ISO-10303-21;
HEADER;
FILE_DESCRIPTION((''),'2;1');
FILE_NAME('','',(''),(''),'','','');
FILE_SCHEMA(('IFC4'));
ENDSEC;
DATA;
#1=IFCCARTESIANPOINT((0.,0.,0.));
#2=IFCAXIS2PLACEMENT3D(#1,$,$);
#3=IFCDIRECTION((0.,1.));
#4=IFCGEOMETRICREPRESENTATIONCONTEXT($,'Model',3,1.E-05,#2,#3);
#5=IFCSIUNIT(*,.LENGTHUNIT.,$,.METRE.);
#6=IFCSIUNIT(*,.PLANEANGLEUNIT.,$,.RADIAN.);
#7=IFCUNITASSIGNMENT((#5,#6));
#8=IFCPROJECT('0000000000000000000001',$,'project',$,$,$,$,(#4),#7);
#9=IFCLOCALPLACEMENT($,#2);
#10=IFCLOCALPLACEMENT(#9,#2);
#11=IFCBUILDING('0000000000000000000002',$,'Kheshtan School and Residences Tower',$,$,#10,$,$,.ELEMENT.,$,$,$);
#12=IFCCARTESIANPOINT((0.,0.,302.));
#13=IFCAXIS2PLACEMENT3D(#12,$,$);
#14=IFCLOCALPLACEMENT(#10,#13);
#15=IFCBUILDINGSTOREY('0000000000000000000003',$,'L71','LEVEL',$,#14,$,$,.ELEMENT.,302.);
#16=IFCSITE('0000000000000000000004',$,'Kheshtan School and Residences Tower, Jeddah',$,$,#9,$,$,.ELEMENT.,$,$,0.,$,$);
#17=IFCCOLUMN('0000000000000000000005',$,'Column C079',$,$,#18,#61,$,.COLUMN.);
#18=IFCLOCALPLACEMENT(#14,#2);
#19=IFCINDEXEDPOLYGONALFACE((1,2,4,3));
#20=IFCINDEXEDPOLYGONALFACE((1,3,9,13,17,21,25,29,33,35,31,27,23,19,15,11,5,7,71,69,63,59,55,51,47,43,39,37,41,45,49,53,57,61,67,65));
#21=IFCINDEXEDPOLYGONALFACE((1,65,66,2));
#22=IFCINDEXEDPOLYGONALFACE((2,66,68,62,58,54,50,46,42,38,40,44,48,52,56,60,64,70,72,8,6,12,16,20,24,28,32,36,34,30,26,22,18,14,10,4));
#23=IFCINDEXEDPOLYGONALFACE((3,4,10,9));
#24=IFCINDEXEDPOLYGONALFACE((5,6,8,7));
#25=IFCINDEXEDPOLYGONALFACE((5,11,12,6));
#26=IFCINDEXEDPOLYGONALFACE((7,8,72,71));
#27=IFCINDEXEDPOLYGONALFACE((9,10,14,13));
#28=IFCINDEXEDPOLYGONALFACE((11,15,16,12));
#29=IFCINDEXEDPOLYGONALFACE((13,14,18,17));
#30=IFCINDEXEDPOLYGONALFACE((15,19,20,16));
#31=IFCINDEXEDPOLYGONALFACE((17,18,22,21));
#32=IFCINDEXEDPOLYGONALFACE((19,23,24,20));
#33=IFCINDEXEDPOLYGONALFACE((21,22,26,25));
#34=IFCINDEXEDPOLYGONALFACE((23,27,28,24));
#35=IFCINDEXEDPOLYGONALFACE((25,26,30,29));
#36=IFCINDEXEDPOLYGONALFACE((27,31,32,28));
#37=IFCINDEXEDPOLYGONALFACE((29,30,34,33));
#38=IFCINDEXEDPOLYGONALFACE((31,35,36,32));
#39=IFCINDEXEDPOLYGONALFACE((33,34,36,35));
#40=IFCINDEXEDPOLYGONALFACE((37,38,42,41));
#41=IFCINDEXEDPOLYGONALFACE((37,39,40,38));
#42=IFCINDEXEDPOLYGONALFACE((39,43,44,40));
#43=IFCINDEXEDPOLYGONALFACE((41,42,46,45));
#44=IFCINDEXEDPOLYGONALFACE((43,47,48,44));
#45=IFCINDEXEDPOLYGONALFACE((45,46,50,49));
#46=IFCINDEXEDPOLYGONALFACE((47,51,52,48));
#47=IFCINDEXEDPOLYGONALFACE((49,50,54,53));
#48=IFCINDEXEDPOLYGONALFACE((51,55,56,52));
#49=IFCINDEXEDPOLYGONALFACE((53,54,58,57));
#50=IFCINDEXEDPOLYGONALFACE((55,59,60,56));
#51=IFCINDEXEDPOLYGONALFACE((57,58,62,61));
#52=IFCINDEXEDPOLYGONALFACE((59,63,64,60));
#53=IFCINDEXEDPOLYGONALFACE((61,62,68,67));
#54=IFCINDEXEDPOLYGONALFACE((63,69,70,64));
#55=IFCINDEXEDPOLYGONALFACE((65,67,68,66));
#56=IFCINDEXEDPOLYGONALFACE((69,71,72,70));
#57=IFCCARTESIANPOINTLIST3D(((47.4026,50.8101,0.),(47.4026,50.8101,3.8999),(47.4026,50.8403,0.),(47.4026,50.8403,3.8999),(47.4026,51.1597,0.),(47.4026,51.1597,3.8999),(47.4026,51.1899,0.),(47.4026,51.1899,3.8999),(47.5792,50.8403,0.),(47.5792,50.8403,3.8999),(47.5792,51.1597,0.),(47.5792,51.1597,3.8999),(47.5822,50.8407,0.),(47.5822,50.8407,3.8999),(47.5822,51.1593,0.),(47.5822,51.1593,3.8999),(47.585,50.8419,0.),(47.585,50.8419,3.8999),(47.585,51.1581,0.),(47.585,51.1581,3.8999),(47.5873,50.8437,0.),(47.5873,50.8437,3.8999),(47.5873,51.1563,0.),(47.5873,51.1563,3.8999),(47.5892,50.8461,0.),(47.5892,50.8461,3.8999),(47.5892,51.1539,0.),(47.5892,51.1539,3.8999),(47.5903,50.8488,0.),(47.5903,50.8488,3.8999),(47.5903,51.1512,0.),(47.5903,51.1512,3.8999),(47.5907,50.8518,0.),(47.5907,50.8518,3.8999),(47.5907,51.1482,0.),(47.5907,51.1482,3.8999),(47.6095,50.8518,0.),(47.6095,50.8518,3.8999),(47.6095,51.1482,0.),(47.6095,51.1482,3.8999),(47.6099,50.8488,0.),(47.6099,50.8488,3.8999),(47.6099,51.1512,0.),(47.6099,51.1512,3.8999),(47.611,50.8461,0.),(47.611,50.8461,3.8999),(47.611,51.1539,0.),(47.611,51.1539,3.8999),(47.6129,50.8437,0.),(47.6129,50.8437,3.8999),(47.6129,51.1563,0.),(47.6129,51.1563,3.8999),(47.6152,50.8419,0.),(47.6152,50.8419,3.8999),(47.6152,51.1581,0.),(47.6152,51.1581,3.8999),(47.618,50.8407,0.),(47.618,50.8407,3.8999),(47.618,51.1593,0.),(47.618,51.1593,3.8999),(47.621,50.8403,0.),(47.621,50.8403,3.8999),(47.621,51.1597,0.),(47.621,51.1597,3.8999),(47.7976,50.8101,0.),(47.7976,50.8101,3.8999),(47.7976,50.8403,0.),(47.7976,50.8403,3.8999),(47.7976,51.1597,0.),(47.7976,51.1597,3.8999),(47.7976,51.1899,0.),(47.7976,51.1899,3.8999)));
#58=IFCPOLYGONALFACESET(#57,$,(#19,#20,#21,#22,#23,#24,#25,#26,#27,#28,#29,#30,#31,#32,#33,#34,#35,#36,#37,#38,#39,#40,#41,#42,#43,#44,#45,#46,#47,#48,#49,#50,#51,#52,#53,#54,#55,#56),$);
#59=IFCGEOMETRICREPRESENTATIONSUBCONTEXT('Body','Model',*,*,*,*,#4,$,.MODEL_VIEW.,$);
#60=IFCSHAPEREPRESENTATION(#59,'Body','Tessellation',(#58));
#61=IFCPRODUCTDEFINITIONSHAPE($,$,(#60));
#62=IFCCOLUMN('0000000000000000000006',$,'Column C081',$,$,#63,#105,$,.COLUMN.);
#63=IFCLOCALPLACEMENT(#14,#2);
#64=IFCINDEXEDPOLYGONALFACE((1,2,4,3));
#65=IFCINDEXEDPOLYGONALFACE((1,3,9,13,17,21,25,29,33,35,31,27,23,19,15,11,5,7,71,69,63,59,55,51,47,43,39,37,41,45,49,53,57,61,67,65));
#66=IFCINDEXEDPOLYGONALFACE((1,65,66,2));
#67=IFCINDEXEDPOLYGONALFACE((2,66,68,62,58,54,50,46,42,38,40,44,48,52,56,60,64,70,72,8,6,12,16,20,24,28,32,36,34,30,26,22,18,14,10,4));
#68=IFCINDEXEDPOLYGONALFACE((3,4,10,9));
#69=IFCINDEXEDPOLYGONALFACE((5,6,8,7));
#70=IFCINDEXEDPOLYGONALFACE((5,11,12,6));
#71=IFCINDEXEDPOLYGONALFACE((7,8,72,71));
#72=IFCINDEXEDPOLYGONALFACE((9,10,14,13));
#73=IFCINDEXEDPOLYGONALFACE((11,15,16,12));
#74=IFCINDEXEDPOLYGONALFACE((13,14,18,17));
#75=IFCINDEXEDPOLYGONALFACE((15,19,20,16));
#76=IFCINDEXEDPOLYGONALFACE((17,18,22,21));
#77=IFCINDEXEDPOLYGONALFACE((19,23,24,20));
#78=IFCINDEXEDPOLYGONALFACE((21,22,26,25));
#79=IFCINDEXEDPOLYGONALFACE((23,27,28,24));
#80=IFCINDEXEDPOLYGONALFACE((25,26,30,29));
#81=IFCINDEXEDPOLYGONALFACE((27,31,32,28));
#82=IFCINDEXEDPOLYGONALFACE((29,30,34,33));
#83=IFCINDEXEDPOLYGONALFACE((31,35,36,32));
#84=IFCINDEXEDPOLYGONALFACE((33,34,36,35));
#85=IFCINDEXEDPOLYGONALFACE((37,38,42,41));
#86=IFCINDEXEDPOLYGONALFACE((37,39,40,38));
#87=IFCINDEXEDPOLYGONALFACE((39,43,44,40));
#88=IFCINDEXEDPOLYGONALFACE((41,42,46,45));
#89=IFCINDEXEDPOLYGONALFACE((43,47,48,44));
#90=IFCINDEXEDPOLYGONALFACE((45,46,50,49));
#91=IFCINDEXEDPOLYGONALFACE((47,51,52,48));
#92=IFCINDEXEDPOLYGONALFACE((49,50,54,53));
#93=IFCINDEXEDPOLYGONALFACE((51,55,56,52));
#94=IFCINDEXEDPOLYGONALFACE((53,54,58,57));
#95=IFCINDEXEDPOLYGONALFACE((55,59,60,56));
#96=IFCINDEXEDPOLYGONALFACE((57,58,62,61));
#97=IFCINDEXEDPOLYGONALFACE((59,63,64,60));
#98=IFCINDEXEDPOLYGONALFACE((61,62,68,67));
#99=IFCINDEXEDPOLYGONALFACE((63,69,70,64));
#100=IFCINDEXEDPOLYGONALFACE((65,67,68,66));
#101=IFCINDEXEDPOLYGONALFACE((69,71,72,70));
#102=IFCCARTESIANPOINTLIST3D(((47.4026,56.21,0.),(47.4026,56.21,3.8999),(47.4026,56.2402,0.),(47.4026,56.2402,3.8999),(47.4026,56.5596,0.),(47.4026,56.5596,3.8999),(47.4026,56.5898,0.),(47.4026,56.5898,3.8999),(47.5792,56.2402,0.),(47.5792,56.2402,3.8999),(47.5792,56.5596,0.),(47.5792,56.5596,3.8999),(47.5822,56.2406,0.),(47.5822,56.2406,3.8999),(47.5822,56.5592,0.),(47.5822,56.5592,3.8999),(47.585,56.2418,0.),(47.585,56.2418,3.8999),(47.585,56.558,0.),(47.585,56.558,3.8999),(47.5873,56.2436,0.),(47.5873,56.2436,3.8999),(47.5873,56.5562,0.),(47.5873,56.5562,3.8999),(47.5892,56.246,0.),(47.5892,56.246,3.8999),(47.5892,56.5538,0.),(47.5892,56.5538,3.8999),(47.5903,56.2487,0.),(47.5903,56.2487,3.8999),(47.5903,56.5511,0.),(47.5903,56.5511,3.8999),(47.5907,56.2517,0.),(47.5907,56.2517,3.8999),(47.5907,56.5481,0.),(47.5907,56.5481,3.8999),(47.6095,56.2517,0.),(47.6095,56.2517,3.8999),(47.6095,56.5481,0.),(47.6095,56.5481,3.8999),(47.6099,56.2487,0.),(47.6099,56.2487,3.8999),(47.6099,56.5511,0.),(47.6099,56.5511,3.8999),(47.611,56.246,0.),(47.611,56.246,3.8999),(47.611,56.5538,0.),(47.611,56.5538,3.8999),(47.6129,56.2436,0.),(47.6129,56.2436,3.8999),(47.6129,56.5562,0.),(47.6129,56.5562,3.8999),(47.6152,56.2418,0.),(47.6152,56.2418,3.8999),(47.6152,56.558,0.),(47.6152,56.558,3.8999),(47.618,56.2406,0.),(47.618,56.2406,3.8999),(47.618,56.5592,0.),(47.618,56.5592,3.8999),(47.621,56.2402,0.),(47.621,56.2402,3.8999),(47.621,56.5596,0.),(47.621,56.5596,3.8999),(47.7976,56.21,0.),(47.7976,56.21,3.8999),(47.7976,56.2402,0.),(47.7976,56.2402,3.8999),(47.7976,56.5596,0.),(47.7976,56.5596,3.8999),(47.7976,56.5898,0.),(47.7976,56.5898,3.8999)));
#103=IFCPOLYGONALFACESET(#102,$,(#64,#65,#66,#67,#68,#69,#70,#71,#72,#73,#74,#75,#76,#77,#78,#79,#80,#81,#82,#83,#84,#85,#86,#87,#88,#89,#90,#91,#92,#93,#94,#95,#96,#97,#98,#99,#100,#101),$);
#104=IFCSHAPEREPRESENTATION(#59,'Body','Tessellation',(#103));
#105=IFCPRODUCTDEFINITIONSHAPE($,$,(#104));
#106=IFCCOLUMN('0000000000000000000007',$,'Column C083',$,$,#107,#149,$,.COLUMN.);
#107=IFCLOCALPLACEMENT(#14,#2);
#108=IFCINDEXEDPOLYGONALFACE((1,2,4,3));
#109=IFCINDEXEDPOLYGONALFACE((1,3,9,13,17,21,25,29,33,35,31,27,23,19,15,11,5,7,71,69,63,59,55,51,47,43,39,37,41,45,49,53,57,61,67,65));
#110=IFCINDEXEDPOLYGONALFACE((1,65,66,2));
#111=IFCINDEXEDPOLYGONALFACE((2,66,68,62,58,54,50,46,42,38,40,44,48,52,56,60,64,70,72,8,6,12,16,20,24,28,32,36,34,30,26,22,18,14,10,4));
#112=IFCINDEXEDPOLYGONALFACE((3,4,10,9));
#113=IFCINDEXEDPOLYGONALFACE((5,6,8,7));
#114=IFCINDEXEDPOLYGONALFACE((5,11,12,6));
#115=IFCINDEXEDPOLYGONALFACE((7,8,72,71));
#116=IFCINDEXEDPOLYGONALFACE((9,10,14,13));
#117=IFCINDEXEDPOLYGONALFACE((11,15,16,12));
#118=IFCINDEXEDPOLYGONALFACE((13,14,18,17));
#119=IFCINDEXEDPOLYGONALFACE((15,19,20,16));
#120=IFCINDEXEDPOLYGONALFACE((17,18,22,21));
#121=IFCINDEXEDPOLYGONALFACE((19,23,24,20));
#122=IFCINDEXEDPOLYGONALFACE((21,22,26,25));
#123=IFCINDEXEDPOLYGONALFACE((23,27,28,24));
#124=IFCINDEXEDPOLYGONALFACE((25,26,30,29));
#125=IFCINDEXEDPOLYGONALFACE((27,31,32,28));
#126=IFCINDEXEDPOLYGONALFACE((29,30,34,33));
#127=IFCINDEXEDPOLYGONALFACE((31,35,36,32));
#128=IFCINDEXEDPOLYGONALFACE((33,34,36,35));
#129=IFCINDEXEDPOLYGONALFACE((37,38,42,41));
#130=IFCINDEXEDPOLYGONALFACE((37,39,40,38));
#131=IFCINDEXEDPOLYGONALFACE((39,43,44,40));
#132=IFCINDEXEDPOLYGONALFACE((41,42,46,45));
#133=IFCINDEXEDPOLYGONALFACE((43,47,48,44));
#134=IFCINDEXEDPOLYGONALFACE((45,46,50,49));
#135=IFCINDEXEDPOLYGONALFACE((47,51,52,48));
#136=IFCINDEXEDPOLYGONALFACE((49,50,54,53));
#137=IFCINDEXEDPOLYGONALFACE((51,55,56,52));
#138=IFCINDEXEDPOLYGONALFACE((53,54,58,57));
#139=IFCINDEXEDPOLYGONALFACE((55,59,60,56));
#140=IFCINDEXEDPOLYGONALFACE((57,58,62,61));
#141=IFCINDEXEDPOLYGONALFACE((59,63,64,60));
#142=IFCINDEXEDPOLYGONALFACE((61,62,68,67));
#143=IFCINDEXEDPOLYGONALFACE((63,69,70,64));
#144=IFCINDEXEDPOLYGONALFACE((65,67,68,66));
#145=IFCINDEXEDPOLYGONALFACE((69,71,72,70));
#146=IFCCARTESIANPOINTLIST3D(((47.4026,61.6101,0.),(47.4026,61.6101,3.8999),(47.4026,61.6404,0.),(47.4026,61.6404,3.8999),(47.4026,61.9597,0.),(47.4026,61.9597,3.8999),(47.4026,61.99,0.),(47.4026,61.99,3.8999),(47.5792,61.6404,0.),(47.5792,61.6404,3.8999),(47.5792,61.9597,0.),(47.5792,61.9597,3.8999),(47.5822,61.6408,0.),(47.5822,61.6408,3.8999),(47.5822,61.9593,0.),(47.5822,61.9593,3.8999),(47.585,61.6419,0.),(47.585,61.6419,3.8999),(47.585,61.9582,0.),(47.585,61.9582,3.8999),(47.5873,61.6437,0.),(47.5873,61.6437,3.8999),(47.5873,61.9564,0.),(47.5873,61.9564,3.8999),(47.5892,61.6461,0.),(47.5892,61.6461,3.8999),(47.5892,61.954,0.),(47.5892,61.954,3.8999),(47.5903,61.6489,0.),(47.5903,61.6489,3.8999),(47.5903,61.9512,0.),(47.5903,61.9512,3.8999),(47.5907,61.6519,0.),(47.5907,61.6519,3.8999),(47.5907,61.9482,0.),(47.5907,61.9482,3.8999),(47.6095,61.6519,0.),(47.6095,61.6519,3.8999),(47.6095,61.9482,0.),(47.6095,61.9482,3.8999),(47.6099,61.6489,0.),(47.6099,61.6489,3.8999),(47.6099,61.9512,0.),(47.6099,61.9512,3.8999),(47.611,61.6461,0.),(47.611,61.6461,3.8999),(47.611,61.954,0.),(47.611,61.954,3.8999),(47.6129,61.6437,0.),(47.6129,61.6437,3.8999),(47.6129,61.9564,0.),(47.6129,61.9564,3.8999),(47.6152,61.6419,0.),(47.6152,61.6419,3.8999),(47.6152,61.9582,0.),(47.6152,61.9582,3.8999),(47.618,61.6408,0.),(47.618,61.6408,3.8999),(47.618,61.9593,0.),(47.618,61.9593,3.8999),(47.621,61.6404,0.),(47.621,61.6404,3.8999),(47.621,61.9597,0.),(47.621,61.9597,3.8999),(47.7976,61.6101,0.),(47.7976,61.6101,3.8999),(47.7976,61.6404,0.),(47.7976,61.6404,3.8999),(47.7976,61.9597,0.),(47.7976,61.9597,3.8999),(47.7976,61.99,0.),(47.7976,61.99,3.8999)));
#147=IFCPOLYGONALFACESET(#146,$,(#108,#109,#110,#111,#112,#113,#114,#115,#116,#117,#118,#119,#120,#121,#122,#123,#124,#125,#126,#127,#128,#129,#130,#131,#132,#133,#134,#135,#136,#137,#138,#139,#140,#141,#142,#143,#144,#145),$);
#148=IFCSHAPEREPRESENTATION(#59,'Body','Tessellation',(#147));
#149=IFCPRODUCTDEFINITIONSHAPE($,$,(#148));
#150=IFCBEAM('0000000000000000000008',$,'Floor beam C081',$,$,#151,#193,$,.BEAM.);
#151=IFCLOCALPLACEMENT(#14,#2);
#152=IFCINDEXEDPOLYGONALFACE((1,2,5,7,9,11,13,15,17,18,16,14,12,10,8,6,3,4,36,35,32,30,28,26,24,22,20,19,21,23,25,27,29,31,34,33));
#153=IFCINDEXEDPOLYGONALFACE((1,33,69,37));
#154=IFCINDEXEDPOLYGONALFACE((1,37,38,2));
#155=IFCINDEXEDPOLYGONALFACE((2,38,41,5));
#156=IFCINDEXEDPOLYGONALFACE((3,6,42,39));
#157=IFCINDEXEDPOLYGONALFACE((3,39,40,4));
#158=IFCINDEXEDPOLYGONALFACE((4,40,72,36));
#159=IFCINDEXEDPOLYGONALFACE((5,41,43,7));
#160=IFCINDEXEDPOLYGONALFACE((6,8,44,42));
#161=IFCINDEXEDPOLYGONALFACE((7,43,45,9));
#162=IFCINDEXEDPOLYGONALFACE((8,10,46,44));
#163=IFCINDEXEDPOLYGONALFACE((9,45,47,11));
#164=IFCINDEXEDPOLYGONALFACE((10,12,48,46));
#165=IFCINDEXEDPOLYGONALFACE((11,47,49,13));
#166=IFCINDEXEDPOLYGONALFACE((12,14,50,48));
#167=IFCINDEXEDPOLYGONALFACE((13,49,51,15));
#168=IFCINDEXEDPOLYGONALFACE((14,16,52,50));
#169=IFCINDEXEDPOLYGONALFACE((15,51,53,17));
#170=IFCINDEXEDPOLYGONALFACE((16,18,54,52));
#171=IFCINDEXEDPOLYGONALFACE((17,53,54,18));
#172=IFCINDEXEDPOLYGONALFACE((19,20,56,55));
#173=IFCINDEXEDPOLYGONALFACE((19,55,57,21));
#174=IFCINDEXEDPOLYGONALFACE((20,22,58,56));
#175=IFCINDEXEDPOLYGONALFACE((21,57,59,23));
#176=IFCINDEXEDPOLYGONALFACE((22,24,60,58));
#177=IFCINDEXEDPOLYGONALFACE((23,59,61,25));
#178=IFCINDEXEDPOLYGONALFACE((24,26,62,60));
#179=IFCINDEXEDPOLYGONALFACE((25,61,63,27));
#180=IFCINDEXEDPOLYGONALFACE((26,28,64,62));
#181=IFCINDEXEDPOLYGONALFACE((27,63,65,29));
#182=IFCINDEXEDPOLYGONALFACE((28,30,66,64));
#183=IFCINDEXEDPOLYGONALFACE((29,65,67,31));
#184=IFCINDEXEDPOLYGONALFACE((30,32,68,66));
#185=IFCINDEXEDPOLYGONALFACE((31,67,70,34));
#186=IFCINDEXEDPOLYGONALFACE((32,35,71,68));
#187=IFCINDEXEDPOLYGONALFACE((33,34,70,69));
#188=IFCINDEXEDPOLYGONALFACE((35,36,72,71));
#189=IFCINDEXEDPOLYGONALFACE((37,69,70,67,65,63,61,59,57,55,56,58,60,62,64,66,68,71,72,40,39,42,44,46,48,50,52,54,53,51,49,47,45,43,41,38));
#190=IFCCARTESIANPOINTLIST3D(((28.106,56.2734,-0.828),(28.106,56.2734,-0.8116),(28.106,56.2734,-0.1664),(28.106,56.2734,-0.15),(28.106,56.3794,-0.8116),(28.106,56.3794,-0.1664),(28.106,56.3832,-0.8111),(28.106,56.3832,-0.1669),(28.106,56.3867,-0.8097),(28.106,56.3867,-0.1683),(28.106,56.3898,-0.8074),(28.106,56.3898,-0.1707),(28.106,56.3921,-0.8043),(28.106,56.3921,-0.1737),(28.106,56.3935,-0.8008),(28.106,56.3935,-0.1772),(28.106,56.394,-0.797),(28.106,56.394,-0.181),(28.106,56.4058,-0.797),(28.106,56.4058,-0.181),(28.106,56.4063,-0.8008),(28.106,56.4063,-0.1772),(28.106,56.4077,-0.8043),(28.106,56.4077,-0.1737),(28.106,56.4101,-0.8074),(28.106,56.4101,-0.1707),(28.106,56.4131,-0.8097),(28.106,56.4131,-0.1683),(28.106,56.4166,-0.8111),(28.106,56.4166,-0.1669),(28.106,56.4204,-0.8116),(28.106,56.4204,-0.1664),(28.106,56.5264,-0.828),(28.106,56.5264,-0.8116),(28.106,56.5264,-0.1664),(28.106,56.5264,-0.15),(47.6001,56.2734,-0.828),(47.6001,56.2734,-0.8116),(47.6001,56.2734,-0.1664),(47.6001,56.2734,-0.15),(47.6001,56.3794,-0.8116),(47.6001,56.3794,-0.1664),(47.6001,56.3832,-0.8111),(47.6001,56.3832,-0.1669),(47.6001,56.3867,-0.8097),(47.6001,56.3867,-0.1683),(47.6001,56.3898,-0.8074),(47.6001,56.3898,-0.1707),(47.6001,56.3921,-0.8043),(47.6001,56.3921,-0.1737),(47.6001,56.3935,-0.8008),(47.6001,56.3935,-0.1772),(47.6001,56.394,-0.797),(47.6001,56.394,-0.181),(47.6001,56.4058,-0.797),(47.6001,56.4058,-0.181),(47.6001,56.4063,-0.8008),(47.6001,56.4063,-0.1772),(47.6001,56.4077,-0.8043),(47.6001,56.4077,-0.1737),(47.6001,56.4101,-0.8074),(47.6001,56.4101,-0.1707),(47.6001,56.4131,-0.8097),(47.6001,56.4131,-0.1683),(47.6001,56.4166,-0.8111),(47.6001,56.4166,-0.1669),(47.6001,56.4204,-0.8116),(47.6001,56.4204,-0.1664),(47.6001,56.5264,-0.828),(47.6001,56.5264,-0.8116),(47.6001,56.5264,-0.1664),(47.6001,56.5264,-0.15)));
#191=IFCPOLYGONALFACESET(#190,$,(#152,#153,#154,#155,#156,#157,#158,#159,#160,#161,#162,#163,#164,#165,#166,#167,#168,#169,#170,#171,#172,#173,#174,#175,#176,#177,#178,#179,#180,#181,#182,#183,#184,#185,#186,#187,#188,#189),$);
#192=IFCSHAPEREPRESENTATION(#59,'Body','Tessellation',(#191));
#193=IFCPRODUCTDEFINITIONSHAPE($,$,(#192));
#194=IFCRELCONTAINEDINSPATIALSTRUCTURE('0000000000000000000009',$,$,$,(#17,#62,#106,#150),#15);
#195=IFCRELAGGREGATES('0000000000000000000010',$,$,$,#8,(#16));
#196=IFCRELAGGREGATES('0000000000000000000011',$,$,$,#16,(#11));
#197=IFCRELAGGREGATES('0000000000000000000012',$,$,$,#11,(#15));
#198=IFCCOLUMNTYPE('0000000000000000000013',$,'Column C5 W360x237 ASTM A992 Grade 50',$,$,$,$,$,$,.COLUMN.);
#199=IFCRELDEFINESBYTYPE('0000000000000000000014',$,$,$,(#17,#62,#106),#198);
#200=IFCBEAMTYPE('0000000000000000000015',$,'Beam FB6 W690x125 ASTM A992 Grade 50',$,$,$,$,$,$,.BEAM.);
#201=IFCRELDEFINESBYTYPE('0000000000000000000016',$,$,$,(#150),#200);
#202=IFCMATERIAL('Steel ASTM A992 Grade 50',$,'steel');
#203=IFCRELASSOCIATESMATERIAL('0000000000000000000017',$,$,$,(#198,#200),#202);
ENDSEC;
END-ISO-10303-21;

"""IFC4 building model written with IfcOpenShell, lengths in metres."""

from ifc_helpers import new_model, si_unit, direction, frame, origin, origin_2d, place, context, subcontext, project, spatial, i_section, extrude, material, material_profile, profile_set, type_object, element, save


model = new_model("IFC4")

# Units and contexts
model_context = context("Model", 3, precision=1e-05, world=origin(), true_north=direction((0.0, 1.0)))
body_context = subcontext(model_context, "Body", "Model", "MODEL_VIEW")
ifc_project = project(units=[si_unit("LENGTHUNIT", "METRE"), si_unit("PLANEANGLEUNIT", "RADIAN")], contexts=[model_context])

# Site, building, storey
site_placement = place(None, origin())
site = spatial("IfcSite", under=ifc_project, at=site_placement, Name="Kheshtan School and Residences Tower, Jeddah", CompositionType="ELEMENT", RefElevation=0.0)
building_placement = place(site_placement, origin())
building = spatial("IfcBuilding", under=site, at=building_placement, Name="Kheshtan School and Residences Tower", CompositionType="ELEMENT")
storey_placement = place(building_placement, frame((0.0, 0.0, 302.0)))
storey = spatial("IfcBuildingStorey", under=building, at=storey_placement, Name="L71", Description="LEVEL", CompositionType="ELEMENT", Elevation=302.0)

# Columns
ifc_material_1 = material(Name="Steel ASTM A992 Grade 50", Category="steel")
ifc_material_profile_1 = material_profile(ifc_material_1, i_section(OverallWidth=0.395, OverallDepth=0.3799, WebThickness=0.0188, FlangeThickness=0.0303, FilletRadius=0.0115, at=origin_2d()), Name="W360x237")
ifc_profile_set_1 = profile_set([ifc_material_profile_1], Name="Steel ASTM A992 Grade 50")
column_type = type_object("IfcColumnType", Name="Column C5 W360x237 ASTM A992 Grade 50", PredefinedType="COLUMN", material=ifc_profile_set_1)
for number, where, z_axis, x_axis, name in (
    (1, (47.6001, 51.0, 0.0), (0.0, 0.0, 1.0), (1.0, 0.0, 0.0), "Column C079"),
    (2, (47.6001, 56.3999, 0.0), (0.0, 0.0, 1.0), (1.0, 0.0, 0.0), "Column C081"),
    (3, (47.6001, 61.8, 0.0), (0.0, 0.0, 1.0), (1.0, 0.0, 0.0), "Column C083"),
):
    element("IfcColumn", number, at=place(storey_placement, frame(where, z_axis=z_axis, x_axis=x_axis)), inside=storey, type_object=column_type, Name=name, PredefinedType="COLUMN", context=body_context, shape_type="SweptSolid", body=[
        extrude(i_section(OverallWidth=0.395, OverallDepth=0.3799, WebThickness=0.0188, FlangeThickness=0.0303, FilletRadius=0.0115, at=origin_2d()), origin(), (0.0, 0.0, 1.0), 3.8999),
    ])

# Beam
ifc_material_profile_2 = material_profile(ifc_material_1, i_section(OverallWidth=0.2529, OverallDepth=0.678, WebThickness=0.0117, FlangeThickness=0.0164, FilletRadius=0.0146, at=origin_2d()), Name="W690x125")
ifc_profile_set_2 = profile_set([ifc_material_profile_2], Name="Steel ASTM A992 Grade 50")
beam_type_1 = type_object("IfcBeamType", Name="Beam FB6 W690x125 ASTM A992 Grade 50", PredefinedType="BEAM", material=ifc_profile_set_2)
beam_1_placement = place(storey_placement, frame((47.6001, 56.3999, -0.489), z_axis=(-1.0, 0.0, 0.0), x_axis=(0.0, -1.0, 0.0)))
element("IfcBeam", 4, at=beam_1_placement, inside=storey, type_object=beam_type_1, Name="Floor beam C081", PredefinedType="BEAM", context=body_context, shape_type="SweptSolid", body=[
    extrude(i_section(OverallWidth=0.2529, OverallDepth=0.678, WebThickness=0.0117, FlangeThickness=0.0164, FilletRadius=0.0146, at=origin_2d()), origin(), (0.0, 0.0, 1.0), 19.4941),
])

save(model, "model.ifc")
